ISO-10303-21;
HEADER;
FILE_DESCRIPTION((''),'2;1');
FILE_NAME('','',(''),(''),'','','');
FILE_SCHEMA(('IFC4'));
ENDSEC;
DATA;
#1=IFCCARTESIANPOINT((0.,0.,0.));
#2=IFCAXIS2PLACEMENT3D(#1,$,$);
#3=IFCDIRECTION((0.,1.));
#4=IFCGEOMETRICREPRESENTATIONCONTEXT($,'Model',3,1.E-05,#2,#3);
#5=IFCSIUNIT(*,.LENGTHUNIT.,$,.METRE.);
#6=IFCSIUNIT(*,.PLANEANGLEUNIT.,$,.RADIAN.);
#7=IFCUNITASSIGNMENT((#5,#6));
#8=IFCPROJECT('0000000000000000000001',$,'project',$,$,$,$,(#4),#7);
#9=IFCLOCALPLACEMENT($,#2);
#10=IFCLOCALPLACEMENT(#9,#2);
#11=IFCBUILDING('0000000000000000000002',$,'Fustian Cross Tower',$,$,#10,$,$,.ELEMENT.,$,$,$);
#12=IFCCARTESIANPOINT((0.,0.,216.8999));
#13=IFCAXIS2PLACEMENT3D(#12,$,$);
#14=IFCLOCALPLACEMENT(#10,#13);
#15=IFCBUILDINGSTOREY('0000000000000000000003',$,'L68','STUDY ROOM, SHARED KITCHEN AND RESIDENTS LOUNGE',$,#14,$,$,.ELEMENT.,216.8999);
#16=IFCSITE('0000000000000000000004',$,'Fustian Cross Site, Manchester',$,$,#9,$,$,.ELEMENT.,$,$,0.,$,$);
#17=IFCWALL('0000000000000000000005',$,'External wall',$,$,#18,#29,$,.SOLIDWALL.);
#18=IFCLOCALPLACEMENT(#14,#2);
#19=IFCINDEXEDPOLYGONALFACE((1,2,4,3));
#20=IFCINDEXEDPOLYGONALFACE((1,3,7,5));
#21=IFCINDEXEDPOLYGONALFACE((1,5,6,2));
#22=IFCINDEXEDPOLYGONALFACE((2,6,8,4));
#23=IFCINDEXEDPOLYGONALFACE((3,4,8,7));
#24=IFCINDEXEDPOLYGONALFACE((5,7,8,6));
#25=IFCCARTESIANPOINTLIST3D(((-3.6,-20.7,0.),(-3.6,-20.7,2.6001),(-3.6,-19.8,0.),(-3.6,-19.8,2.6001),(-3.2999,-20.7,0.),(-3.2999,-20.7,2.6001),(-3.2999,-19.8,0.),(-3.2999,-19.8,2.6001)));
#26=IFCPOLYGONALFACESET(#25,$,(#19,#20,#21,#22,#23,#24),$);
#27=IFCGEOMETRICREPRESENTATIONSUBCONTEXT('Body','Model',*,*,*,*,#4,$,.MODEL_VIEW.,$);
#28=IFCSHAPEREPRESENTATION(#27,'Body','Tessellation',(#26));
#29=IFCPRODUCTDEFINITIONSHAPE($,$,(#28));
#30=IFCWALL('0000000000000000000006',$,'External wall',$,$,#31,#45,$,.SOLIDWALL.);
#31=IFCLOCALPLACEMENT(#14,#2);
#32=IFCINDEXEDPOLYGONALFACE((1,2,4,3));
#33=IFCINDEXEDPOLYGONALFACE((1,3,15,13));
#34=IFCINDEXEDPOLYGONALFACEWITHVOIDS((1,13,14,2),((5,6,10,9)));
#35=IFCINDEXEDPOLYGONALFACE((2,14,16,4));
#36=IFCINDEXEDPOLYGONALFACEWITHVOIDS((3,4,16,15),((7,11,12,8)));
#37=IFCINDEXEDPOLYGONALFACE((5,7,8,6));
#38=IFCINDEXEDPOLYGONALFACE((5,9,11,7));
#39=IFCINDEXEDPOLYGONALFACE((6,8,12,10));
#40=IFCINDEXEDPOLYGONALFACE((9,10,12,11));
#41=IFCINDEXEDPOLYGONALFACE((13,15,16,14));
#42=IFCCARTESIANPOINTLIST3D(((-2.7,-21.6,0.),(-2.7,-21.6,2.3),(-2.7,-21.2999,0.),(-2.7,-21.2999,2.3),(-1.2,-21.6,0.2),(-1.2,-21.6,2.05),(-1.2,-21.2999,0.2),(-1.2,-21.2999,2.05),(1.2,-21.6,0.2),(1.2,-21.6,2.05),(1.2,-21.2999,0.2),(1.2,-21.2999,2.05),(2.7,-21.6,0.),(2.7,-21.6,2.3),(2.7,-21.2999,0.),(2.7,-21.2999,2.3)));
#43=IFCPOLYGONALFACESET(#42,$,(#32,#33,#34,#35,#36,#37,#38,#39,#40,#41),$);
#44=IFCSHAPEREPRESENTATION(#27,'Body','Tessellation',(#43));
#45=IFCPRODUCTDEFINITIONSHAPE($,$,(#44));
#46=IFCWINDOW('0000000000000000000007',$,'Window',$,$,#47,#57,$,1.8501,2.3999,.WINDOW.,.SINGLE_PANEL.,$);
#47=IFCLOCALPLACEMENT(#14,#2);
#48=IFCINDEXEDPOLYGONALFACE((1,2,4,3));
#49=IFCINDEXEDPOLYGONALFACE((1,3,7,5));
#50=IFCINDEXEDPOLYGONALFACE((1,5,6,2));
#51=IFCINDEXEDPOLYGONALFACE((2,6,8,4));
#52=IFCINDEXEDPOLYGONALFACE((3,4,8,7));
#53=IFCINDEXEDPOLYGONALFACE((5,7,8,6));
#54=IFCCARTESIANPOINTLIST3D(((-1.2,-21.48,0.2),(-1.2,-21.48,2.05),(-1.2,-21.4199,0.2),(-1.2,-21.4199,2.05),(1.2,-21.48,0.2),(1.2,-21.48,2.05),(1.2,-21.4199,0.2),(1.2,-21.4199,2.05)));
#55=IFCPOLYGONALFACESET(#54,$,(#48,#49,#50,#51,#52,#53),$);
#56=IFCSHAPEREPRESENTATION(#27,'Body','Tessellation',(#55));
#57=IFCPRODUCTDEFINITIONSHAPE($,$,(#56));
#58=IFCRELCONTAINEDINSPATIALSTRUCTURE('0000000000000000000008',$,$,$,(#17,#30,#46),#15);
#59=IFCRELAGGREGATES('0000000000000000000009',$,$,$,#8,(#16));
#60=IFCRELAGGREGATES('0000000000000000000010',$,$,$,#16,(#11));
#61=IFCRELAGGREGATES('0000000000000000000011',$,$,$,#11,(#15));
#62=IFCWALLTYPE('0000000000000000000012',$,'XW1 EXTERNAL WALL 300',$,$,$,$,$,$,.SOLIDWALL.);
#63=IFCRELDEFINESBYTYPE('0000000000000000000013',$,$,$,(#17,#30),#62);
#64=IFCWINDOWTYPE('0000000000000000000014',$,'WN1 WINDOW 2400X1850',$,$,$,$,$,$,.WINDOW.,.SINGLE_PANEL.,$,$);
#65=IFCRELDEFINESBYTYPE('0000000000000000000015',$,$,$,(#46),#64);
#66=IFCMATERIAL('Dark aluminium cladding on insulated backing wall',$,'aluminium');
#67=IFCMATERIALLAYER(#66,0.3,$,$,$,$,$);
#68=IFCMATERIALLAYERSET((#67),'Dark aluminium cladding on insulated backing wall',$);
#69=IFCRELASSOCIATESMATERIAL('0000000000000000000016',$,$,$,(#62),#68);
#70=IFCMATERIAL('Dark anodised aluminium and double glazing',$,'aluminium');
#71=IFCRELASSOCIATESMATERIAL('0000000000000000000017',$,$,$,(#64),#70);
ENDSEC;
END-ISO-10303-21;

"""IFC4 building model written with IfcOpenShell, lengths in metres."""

from ifc_helpers import new_model, si_unit, direction, frame, frame_2d, origin, place, context, subcontext, project, spatial, rectangle, extrude, material, layer, layer_set, type_object, element, fill, save


model = new_model("IFC4")

# Units and contexts
model_context = context("Model", 3, precision=1e-05, world=origin(), true_north=direction((0.0, 1.0)))
body_context = subcontext(model_context, "Body", "Model", "MODEL_VIEW")
ifc_project = project(units=[si_unit("LENGTHUNIT", "METRE"), si_unit("PLANEANGLEUNIT", "RADIAN")], contexts=[model_context])

# Site, building, storey
site_placement = place(None, origin())
site = spatial("IfcSite", under=ifc_project, at=site_placement, Name="Fustian Cross Site, Manchester", CompositionType="ELEMENT", RefElevation=0.0)
building_placement = place(site_placement, origin())
building = spatial("IfcBuilding", under=site, at=building_placement, Name="Fustian Cross Tower", CompositionType="ELEMENT")
storey_placement = place(building_placement, frame((0.0, 0.0, 216.8999)))
storey = spatial("IfcBuildingStorey", under=building, at=storey_placement, Name="L68", Description="STUDY ROOM, SHARED KITCHEN AND RESIDENTS LOUNGE", CompositionType="ELEMENT", Elevation=216.8999)

# Shared definitions
ifc_material_1 = material(Name="Dark aluminium cladding on insulated backing wall", Category="aluminium")
ifc_layer_1 = layer(ifc_material_1, 0.3)
ifc_layer_set_1 = layer_set([ifc_layer_1], Name="Dark aluminium cladding on insulated backing wall")
wall_type_1 = type_object("IfcWallType", Name="XW1 EXTERNAL WALL 300", PredefinedType="SOLIDWALL", material=ifc_layer_set_1)

# Wall
wall_1_placement = place(storey_placement, frame((-3.45, -19.8, 0.0), z_axis=(0.0, 0.0, 1.0), x_axis=(0.0, -1.0, 0.0)))
element("IfcWall", 1, at=wall_1_placement, inside=storey, type_object=wall_type_1, Name="External wall", PredefinedType="SOLIDWALL", context=body_context, shape_type="SweptSolid", body=[
    extrude(rectangle(XDim=0.8999, YDim=0.3, at=frame_2d((0.45, 0.0))), origin(), (0.0, 0.0, 1.0), 2.6001),
])

# Wall, opening, window
wall_2_placement = place(storey_placement, frame((-2.7, -21.45, 0.0), z_axis=(0.0, 0.0, 1.0), x_axis=(1.0, 0.0, 0.0)))
wall_2 = element("IfcWall", 2, at=wall_2_placement, inside=storey, type_object=wall_type_1, Name="External wall", PredefinedType="SOLIDWALL", context=body_context, shape_type="SweptSolid", body=[
    extrude(rectangle(XDim=5.3999, YDim=0.3, at=frame_2d((2.7, 0.0))), origin(), (0.0, 0.0, 1.0), 2.3),
])
opening_1_placement = place(wall_2_placement, frame((1.5, 0.0, 0.2)))
opening_1 = element("IfcOpeningElement", 3, at=opening_1_placement, cuts=wall_2, PredefinedType="OPENING", context=body_context, shape_type="SweptSolid", body=[
    extrude(rectangle(XDim=2.3999, YDim=1.8501, at=frame_2d((1.2, 0.925))), frame((0.0, 0.1599, 0.0), z_axis=(0.0, -1.0, 0.0), x_axis=(1.0, 0.0, 0.0)), (0.0, 0.0, 1.0), 0.3201),
])
ifc_material_2 = material(Name="Dark anodised aluminium and double glazing", Category="aluminium")
window_type_1 = type_object("IfcWindowType", Name="WN1 WINDOW 2400X1850", PartitioningType="SINGLE_PANEL", PredefinedType="WINDOW", material=ifc_material_2)
window_1_placement = place(opening_1_placement, origin())
window_1 = element("IfcWindow", 4, at=window_1_placement, inside=storey, type_object=window_type_1, Name="Window", OverallHeight=1.8501, OverallWidth=2.3999, PartitioningType="SINGLE_PANEL", PredefinedType="WINDOW", context=body_context, shape_type="SweptSolid", body=[
    extrude(rectangle(XDim=2.3999, YDim=1.8501, at=frame_2d((1.2, 0.925))), frame((0.0, 0.03, 0.0), z_axis=(0.0, -1.0, 0.0), x_axis=(1.0, 0.0, 0.0)), (0.0, 0.0, 1.0), 0.0601),
])
fill(opening_1, window_1)

save(model, "model.ifc")
